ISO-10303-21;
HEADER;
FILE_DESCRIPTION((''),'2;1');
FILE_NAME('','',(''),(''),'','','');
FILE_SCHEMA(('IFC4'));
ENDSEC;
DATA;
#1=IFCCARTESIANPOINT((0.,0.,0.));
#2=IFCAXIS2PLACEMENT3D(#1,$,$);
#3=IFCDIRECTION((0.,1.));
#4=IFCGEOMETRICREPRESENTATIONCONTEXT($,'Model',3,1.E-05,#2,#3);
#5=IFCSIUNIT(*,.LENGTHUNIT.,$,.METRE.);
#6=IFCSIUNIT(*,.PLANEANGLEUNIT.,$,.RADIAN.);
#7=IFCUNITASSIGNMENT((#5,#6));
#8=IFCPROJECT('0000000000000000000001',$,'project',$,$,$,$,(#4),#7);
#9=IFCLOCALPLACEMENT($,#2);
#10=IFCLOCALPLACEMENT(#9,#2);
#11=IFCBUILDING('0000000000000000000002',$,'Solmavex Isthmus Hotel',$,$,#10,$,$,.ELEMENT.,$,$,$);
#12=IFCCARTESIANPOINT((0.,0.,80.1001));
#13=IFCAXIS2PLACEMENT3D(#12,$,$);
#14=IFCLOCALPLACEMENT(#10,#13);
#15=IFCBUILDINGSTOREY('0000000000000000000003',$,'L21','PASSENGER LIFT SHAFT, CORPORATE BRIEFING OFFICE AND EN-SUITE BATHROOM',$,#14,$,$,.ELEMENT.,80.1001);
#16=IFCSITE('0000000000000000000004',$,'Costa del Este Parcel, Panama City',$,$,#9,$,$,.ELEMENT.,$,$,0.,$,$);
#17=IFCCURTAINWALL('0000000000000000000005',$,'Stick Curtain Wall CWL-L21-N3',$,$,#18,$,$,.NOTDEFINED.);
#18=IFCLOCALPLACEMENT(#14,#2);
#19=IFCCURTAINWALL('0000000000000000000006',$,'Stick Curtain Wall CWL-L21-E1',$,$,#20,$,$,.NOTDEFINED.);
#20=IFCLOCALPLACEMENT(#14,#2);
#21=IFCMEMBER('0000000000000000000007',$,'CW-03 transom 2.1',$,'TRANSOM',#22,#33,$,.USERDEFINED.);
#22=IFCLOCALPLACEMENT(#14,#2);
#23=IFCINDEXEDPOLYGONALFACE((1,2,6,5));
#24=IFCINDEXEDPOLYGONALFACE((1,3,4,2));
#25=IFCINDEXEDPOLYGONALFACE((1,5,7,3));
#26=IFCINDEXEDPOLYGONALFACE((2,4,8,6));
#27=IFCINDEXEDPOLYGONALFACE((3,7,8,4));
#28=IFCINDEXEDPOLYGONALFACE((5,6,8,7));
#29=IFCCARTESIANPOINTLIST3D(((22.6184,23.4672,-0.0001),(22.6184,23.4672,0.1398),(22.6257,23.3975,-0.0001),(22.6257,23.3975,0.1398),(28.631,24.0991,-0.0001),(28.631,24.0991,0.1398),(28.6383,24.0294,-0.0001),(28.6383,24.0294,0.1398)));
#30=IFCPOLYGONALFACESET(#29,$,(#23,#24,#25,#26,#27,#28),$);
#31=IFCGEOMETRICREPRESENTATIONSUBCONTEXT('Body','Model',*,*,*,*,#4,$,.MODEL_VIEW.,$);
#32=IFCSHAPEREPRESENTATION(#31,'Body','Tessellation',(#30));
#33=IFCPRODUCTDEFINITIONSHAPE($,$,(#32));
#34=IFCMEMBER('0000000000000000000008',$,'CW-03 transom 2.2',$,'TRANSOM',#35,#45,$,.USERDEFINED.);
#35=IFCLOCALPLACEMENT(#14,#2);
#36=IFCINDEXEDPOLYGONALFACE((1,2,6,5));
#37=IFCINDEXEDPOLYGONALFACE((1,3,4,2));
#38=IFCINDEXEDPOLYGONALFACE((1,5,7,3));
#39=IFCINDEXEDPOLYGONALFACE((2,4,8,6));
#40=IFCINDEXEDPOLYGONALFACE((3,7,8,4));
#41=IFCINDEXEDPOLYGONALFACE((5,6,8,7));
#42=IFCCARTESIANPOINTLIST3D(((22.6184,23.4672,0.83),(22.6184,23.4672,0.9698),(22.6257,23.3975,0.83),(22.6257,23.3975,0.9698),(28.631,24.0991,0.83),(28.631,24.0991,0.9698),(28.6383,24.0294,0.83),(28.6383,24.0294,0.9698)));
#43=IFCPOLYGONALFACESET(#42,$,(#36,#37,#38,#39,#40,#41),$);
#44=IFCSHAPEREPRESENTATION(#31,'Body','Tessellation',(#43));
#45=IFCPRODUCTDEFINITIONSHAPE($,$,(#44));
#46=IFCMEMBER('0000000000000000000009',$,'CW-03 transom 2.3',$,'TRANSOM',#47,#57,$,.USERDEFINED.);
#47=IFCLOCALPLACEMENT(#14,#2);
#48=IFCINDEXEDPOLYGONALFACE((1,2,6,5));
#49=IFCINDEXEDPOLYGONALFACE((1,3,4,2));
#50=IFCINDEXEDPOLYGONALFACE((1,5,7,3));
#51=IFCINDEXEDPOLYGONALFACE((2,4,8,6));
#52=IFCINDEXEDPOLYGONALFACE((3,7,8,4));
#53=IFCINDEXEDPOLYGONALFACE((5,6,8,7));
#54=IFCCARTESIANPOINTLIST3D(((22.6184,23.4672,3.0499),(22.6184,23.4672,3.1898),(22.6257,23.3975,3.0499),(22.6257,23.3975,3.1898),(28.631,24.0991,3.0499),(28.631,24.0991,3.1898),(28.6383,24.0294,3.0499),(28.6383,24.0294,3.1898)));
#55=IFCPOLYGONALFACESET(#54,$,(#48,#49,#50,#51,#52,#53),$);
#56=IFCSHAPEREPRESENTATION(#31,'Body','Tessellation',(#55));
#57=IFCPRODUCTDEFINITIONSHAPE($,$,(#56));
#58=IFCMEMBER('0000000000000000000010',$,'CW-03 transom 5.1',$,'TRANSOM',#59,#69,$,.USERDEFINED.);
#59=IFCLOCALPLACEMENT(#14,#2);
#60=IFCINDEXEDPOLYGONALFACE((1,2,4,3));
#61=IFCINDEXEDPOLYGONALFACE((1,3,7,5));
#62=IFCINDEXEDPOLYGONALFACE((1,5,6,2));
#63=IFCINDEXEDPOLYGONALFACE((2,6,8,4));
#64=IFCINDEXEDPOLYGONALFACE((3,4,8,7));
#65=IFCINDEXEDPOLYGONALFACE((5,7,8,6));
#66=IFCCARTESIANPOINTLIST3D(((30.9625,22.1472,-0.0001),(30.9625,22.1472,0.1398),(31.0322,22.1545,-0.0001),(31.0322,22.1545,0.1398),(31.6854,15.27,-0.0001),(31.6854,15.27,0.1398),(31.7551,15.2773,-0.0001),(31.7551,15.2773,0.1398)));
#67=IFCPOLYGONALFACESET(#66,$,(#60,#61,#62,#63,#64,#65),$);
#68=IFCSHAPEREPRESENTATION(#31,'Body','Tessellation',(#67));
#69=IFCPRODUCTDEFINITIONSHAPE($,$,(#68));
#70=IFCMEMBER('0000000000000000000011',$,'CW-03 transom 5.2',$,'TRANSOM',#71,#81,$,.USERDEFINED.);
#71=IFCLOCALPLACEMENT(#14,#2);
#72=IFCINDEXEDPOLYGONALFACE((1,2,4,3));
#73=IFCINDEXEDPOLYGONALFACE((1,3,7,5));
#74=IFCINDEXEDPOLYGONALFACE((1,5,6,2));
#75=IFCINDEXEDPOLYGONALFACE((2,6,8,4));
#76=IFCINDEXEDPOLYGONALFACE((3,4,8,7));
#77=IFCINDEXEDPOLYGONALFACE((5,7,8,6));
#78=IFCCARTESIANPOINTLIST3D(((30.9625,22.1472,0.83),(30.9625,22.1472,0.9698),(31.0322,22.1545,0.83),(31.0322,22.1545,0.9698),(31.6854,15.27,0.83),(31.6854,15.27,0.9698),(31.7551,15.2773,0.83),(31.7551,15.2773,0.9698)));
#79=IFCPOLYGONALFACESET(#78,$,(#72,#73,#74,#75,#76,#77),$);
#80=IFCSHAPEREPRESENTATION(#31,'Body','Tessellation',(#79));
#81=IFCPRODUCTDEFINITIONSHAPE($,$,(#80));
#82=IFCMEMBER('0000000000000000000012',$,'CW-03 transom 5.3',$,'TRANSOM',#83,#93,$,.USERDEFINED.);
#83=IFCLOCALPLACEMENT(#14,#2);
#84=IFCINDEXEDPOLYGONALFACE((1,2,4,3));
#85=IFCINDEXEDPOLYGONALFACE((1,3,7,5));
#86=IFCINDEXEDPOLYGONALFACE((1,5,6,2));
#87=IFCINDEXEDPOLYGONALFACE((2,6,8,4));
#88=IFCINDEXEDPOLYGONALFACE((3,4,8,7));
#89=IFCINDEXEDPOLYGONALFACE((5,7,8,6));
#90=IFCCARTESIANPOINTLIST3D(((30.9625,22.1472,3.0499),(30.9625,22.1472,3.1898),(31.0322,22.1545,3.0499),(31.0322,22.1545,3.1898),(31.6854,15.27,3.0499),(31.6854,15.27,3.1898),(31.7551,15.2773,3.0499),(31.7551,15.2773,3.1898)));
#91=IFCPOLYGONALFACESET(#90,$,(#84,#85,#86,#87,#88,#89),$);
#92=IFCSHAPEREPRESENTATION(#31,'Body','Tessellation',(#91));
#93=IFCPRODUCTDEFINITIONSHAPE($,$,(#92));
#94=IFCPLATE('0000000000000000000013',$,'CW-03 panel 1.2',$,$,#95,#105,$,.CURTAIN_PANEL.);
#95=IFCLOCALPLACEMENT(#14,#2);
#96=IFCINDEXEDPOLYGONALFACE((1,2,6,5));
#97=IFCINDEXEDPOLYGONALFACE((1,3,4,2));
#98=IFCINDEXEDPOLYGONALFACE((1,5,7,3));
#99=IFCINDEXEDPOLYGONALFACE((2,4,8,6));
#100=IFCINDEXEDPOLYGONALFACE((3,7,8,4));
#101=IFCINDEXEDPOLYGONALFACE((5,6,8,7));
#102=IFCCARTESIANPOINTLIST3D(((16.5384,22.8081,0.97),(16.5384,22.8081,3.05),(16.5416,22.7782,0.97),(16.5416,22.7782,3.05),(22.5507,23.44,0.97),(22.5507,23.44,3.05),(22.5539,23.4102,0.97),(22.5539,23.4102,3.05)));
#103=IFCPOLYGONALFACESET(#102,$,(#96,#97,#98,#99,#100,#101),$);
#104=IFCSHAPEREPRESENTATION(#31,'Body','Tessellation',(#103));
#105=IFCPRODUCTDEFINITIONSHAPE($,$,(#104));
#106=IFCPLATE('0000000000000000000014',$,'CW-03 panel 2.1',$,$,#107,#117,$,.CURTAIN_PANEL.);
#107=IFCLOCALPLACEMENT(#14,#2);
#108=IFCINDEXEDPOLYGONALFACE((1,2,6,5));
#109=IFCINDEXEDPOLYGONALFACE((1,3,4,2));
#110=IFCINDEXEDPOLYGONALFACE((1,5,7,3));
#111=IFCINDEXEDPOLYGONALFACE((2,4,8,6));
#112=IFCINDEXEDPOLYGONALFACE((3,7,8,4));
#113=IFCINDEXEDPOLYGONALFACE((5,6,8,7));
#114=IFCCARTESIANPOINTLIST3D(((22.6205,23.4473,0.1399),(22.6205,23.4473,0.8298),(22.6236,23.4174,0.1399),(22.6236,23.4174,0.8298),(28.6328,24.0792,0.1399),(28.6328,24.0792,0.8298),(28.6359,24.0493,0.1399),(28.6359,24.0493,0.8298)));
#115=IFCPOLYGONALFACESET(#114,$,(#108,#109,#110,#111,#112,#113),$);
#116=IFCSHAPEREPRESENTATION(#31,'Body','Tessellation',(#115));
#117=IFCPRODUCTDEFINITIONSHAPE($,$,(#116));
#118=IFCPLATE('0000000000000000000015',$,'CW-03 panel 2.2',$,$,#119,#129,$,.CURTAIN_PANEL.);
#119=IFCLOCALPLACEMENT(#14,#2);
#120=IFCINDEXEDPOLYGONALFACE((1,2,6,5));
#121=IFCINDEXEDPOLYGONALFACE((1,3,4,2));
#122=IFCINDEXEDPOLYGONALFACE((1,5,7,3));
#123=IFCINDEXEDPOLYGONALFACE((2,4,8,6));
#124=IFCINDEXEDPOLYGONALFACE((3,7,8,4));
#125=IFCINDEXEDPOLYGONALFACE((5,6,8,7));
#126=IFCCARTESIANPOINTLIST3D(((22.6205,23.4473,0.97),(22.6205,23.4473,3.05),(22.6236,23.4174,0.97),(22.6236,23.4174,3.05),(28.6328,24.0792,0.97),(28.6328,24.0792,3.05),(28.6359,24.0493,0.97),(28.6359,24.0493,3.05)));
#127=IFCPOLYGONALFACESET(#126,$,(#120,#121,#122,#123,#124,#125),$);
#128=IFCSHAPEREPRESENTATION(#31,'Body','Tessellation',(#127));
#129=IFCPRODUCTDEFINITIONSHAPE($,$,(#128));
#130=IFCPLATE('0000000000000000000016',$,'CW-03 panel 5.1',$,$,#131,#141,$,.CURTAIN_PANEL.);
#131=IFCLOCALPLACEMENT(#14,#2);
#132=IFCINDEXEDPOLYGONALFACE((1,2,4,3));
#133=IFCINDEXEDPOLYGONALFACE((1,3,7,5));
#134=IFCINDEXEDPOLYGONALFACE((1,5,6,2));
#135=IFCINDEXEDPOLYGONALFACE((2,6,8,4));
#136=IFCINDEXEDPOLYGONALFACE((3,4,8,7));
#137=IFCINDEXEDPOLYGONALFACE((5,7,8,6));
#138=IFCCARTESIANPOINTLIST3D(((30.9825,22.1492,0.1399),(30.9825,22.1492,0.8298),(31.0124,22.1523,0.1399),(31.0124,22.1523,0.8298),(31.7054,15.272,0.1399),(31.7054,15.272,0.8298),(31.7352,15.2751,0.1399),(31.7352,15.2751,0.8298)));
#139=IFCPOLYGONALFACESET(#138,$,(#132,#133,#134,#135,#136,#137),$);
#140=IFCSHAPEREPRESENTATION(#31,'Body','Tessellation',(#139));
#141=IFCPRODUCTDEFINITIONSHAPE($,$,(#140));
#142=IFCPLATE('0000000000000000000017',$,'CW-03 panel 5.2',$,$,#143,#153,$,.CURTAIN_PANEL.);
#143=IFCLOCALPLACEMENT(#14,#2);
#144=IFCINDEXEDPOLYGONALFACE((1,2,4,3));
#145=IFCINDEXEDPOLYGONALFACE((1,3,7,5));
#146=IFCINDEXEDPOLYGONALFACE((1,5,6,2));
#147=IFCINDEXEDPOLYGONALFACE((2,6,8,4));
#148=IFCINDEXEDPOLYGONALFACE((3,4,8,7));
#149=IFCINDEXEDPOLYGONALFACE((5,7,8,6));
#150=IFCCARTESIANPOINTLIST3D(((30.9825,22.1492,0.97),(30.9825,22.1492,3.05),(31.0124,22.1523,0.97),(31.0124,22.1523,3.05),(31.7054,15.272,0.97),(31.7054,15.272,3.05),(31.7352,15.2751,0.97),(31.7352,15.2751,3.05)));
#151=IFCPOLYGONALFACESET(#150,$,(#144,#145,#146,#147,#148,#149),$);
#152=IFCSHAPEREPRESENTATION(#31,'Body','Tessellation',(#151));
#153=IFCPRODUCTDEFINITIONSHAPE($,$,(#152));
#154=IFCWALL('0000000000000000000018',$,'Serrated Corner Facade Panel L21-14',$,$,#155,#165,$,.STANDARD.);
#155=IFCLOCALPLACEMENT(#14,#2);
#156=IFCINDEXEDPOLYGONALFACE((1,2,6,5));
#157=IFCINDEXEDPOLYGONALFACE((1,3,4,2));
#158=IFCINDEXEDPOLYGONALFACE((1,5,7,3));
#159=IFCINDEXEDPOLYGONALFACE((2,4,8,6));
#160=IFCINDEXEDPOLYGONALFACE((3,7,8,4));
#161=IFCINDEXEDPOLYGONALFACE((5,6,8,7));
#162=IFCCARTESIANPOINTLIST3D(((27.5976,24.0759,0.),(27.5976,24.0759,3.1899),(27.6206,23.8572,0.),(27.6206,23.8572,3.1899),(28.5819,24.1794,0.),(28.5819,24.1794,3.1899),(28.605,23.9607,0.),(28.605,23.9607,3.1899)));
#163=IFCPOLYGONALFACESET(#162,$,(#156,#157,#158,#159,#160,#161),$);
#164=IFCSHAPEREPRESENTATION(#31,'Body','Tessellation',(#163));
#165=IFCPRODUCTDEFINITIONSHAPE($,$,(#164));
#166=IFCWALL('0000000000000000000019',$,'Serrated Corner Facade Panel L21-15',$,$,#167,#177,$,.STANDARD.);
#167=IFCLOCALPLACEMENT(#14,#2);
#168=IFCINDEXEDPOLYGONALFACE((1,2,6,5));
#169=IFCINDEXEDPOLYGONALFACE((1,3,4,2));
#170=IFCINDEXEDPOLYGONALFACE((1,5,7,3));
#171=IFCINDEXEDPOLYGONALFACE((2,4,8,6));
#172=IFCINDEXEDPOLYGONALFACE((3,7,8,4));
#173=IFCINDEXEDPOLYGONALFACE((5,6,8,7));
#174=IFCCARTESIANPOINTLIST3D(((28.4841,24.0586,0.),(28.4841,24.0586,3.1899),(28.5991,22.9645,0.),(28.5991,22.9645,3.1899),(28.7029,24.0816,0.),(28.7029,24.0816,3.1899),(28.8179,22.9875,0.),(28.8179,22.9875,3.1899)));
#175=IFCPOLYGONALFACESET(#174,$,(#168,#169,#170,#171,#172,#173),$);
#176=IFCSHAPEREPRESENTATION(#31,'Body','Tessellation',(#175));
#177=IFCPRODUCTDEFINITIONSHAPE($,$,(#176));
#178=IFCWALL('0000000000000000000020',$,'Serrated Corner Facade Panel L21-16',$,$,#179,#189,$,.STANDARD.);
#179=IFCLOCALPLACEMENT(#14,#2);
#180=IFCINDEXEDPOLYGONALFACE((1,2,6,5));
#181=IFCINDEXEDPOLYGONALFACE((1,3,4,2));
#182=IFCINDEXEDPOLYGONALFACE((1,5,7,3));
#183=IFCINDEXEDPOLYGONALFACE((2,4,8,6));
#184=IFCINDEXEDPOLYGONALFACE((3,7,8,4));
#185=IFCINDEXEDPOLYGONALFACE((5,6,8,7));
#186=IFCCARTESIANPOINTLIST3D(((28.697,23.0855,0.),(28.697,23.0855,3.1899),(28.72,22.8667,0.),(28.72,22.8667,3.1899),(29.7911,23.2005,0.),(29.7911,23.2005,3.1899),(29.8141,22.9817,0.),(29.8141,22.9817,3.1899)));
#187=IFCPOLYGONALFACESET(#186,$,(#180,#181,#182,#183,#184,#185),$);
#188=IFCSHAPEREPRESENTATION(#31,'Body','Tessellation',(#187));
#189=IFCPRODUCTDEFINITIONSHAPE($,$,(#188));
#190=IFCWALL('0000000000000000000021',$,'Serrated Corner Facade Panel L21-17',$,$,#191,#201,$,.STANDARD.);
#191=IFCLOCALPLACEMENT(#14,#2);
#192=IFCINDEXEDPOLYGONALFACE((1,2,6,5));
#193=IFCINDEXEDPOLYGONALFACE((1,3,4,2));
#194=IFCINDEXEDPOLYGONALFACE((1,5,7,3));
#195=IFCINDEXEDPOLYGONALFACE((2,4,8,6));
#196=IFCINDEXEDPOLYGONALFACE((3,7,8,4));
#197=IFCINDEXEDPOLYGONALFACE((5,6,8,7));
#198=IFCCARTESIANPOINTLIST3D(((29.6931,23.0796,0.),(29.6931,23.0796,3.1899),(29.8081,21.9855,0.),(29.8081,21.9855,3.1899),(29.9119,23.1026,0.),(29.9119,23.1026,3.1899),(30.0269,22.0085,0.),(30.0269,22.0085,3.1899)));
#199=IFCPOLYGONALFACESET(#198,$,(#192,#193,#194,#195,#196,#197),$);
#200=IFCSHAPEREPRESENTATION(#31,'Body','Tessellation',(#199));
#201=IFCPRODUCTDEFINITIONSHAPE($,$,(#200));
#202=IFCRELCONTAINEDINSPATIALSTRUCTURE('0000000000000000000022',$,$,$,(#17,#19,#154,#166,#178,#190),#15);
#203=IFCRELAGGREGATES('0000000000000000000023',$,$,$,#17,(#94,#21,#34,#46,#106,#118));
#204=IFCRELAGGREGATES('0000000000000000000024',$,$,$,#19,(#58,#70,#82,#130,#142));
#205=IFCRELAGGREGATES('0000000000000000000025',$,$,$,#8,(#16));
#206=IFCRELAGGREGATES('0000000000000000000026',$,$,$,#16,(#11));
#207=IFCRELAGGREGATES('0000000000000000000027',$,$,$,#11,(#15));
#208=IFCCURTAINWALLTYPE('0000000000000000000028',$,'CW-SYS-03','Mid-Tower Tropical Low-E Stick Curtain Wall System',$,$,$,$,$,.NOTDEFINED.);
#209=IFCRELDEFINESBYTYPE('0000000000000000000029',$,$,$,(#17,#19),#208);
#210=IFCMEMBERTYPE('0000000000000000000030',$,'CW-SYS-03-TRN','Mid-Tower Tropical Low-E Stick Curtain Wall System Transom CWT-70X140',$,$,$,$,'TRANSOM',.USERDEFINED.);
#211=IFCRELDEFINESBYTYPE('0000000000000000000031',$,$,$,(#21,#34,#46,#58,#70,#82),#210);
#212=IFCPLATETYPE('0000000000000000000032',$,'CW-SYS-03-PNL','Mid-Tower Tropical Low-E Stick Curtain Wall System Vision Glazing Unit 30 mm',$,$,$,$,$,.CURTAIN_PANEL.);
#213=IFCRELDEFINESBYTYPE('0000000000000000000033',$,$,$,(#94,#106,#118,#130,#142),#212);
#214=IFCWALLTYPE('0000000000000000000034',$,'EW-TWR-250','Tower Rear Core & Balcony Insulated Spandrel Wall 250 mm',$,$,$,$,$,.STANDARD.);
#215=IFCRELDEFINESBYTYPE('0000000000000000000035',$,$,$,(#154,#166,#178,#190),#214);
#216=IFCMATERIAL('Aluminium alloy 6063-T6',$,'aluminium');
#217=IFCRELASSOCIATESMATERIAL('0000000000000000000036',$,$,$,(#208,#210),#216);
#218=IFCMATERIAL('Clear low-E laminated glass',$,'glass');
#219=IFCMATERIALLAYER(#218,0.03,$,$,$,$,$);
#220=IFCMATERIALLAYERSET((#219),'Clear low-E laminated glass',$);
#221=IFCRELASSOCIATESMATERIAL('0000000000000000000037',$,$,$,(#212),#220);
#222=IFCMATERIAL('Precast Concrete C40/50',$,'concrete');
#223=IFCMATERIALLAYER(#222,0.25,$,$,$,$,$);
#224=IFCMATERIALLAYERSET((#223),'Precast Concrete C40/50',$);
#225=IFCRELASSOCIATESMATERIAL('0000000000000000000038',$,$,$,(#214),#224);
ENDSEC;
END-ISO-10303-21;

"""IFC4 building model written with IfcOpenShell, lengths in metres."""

from ifc_helpers import new_model, si_unit, direction, frame, frame_2d, origin, origin_2d, place, context, subcontext, project, spatial, rectangle, extrude, material, layer, layer_set, material_profile, profile_set, type_object, element, aggregate, save


model = new_model("IFC4")

# Units and contexts
model_context = context("Model", 3, precision=1e-05, world=origin(), true_north=direction((0.0, 1.0)))
body_context = subcontext(model_context, "Body", "Model", "MODEL_VIEW")
ifc_project = project(units=[si_unit("LENGTHUNIT", "METRE"), si_unit("PLANEANGLEUNIT", "RADIAN")], contexts=[model_context])

# Site, building, storey
site_placement = place(None, origin())
site = spatial("IfcSite", under=ifc_project, at=site_placement, Name="Costa del Este Parcel, Panama City", CompositionType="ELEMENT", RefElevation=0.0)
building_placement = place(site_placement, origin())
building = spatial("IfcBuilding", under=site, at=building_placement, Name="Solmavex Isthmus Hotel", CompositionType="ELEMENT")
storey_placement = place(building_placement, frame((0.0, 0.0, 80.1001)))
storey = spatial("IfcBuildingStorey", under=building, at=storey_placement, Name="L21", Description="PASSENGER LIFT SHAFT, CORPORATE BRIEFING OFFICE AND EN-SUITE BATHROOM", CompositionType="ELEMENT", Elevation=80.1001)

# Curtain walls
ifc_material_1 = material(Name="Aluminium alloy 6063-T6", Category="aluminium")
curtain_wall_type = type_object("IfcCurtainWallType", Name="CW-SYS-03", Description="Mid-Tower Tropical Low-E Stick Curtain Wall System", PredefinedType="NOTDEFINED", material=ifc_material_1)
curtain_wall_1_placement = place(storey_placement, origin())
curtain_wall_1 = element("IfcCurtainWall", 1, at=curtain_wall_1_placement, inside=storey, type_object=curtain_wall_type, Name="Stick Curtain Wall CWL-L21-N3", PredefinedType="NOTDEFINED")
curtain_wall_2_placement = place(storey_placement, origin())
curtain_wall_2 = element("IfcCurtainWall", 2, at=curtain_wall_2_placement, inside=storey, type_object=curtain_wall_type, Name="Stick Curtain Wall CWL-L21-E1", PredefinedType="NOTDEFINED")

# Members
ifc_material_profile_1 = material_profile(ifc_material_1, rectangle(XDim=0.0701, YDim=0.1399, at=origin_2d()), Name="CWT-70X140")
ifc_profile_set_1 = profile_set([ifc_material_profile_1], Name="Aluminium alloy 6063-T6")
member_type_1 = type_object("IfcMemberType", Name="CW-SYS-03-TRN", Description="Mid-Tower Tropical Low-E Stick Curtain Wall System Transom CWT-70X140", ElementType="TRANSOM", PredefinedType="USERDEFINED", material=ifc_profile_set_1)
member_1_placement = place(storey_placement, frame((22.6221, 23.4324, 0.0698), z_axis=(0.994524, 0.104512, 0.0), x_axis=(-0.104512, 0.994524, 0.0)))
member_1 = element("IfcMember", 3, at=member_1_placement, type_object=member_type_1, Name="CW-03 transom 2.1", ObjectType="TRANSOM", PredefinedType="USERDEFINED", context=body_context, shape_type="SweptSolid", body=[
    extrude(rectangle(XDim=0.0701, YDim=0.1399, at=origin_2d()), origin(), (0.0, 0.0, 1.0), 6.0457),
])
member_2_placement = place(storey_placement, frame((22.6221, 23.4324, 0.8999), z_axis=(0.994524, 0.104512, 0.0), x_axis=(-0.104512, 0.994524, 0.0)))
member_2 = element("IfcMember", 4, at=member_2_placement, type_object=member_type_1, Name="CW-03 transom 2.2", ObjectType="TRANSOM", PredefinedType="USERDEFINED", context=body_context, shape_type="SweptSolid", body=[
    extrude(rectangle(XDim=0.0701, YDim=0.1399, at=origin_2d()), origin(), (0.0, 0.0, 1.0), 6.0457),
])
member_3_placement = place(storey_placement, frame((22.6221, 23.4324, 3.1199), z_axis=(0.994524, 0.104512, 0.0), x_axis=(-0.104512, 0.994524, 0.0)))
member_3 = element("IfcMember", 5, at=member_3_placement, type_object=member_type_1, Name="CW-03 transom 2.3", ObjectType="TRANSOM", PredefinedType="USERDEFINED", context=body_context, shape_type="SweptSolid", body=[
    extrude(rectangle(XDim=0.0701, YDim=0.1399, at=origin_2d()), origin(), (0.0, 0.0, 1.0), 6.0457),
])
member_4_placement = place(storey_placement, frame((31.7202, 15.2737, 0.0698), z_axis=(-0.10454, 0.994521, 0.0), x_axis=(-0.994521, -0.10454, 0.0)))
member_4 = element("IfcMember", 6, at=member_4_placement, type_object=member_type_1, Name="CW-03 transom 5.1", ObjectType="TRANSOM", PredefinedType="USERDEFINED", context=body_context, shape_type="SweptSolid", body=[
    extrude(rectangle(XDim=0.0701, YDim=0.1399, at=origin_2d()), origin(), (0.0, 0.0, 1.0), 6.915),
])
member_5_placement = place(storey_placement, frame((31.7202, 15.2737, 0.8999), z_axis=(-0.10454, 0.994521, 0.0), x_axis=(-0.994521, -0.10454, 0.0)))
member_5 = element("IfcMember", 7, at=member_5_placement, type_object=member_type_1, Name="CW-03 transom 5.2", ObjectType="TRANSOM", PredefinedType="USERDEFINED", context=body_context, shape_type="SweptSolid", body=[
    extrude(rectangle(XDim=0.0701, YDim=0.1399, at=origin_2d()), origin(), (0.0, 0.0, 1.0), 6.915),
])
member_6_placement = place(storey_placement, frame((31.7202, 15.2737, 3.1199), z_axis=(-0.10454, 0.994521, 0.0), x_axis=(-0.994521, -0.10454, 0.0)))
member_6 = element("IfcMember", 8, at=member_6_placement, type_object=member_type_1, Name="CW-03 transom 5.3", ObjectType="TRANSOM", PredefinedType="USERDEFINED", context=body_context, shape_type="SweptSolid", body=[
    extrude(rectangle(XDim=0.0701, YDim=0.1399, at=origin_2d()), origin(), (0.0, 0.0, 1.0), 6.915),
])

# Plates
ifc_material_2 = material(Name="Clear low-E laminated glass", Category="glass")
ifc_layer_1 = layer(ifc_material_2, 0.03)
ifc_layer_set_1 = layer_set([ifc_layer_1], Name="Clear low-E laminated glass")
plate_type = type_object("IfcPlateType", Name="CW-SYS-03-PNL", Description="Mid-Tower Tropical Low-E Stick Curtain Wall System Vision Glazing Unit 30 mm", PredefinedType="CURTAIN_PANEL", material=ifc_layer_set_1)
plate_1_placement = place(storey_placement, frame((19.5461, 23.1091, 0.97), z_axis=(0.0, 0.0, 1.0), x_axis=(0.994522, 0.104528, 0.0)))
plate_1 = element("IfcPlate", 9, at=plate_1_placement, type_object=plate_type, Name="CW-03 panel 1.2", PredefinedType="CURTAIN_PANEL", context=body_context, shape_type="SweptSolid", body=[
    extrude(rectangle(XDim=6.0454, YDim=0.03, at=origin_2d()), origin(), (0.0, 0.0, 1.0), 2.0801),
])
plate_2_placement = place(storey_placement, frame((25.6282, 23.7483, 0.1399), z_axis=(0.0, 0.0, 1.0), x_axis=(0.994522, 0.104528, 0.0)))
plate_2 = element("IfcPlate", 10, at=plate_2_placement, type_object=plate_type, Name="CW-03 panel 2.1", PredefinedType="CURTAIN_PANEL", context=body_context, shape_type="SweptSolid", body=[
    extrude(rectangle(XDim=6.0454, YDim=0.03, at=origin_2d()), origin(), (0.0, 0.0, 1.0), 0.6899),
])
plate_3_placement = place(storey_placement, frame((25.6282, 23.7483, 0.97), z_axis=(0.0, 0.0, 1.0), x_axis=(0.994522, 0.104528, 0.0)))
plate_3 = element("IfcPlate", 11, at=plate_3_placement, type_object=plate_type, Name="CW-03 panel 2.2", PredefinedType="CURTAIN_PANEL", context=body_context, shape_type="SweptSolid", body=[
    extrude(rectangle(XDim=6.0454, YDim=0.03, at=origin_2d()), origin(), (0.0, 0.0, 1.0), 2.0801),
])
aggregate(curtain_wall_1, [plate_1, member_1, member_2, member_3, plate_2, plate_3])
plate_4_placement = place(storey_placement, frame((31.3589, 18.7122, 0.1399), z_axis=(0.0, 0.0, 1.0), x_axis=(-0.104528, 0.994522, 0.0)))
plate_4 = element("IfcPlate", 12, at=plate_4_placement, type_object=plate_type, Name="CW-03 panel 5.1", PredefinedType="CURTAIN_PANEL", context=body_context, shape_type="SweptSolid", body=[
    extrude(rectangle(XDim=6.915, YDim=0.03, at=origin_2d()), origin(), (0.0, 0.0, 1.0), 0.6899),
])
plate_5_placement = place(storey_placement, frame((31.3589, 18.7122, 0.97), z_axis=(0.0, 0.0, 1.0), x_axis=(-0.104528, 0.994522, 0.0)))
plate_5 = element("IfcPlate", 13, at=plate_5_placement, type_object=plate_type, Name="CW-03 panel 5.2", PredefinedType="CURTAIN_PANEL", context=body_context, shape_type="SweptSolid", body=[
    extrude(rectangle(XDim=6.915, YDim=0.03, at=origin_2d()), origin(), (0.0, 0.0, 1.0), 2.0801),
])
aggregate(curtain_wall_2, [member_4, member_5, member_6, plate_4, plate_5])

# Walls
ifc_material_3 = material(Name="Precast Concrete C40/50", Category="concrete")
ifc_layer_2 = layer(ifc_material_3, 0.25)
ifc_layer_set_2 = layer_set([ifc_layer_2], Name="Precast Concrete C40/50")
wall_type_1 = type_object("IfcWallType", Name="EW-TWR-250", Description="Tower Rear Core & Balcony Insulated Spandrel Wall 250 mm", PredefinedType="STANDARD", material=ifc_layer_set_2)
wall_1_placement = place(storey_placement, frame((27.6091, 23.9666, 0.0), z_axis=(0.0, 0.0, 1.0), x_axis=(0.994516, 0.104582, 0.0)))
element("IfcWall", 14, at=wall_1_placement, inside=storey, type_object=wall_type_1, Name="Serrated Corner Facade Panel L21-14", PredefinedType="STANDARD", context=body_context, shape_type="SweptSolid", body=[
    extrude(rectangle(XDim=0.9897, YDim=0.22, at=frame_2d((0.4949, 0.0))), origin(), (0.0, 0.0, 1.0), 3.1899),
])
for number, where, z_axis, x_axis, name in (
    (15, (28.5935, 24.0701, 0.0), (0.0, 0.0, 1.0), (0.104535, -0.994521, 0.0), "Serrated Corner Facade Panel L21-15"),
    (16, (28.7085, 22.9761, 0.0), (0.0, 0.0, 1.0), (0.994521, 0.104535, 0.0), "Serrated Corner Facade Panel L21-16"),
    (17, (29.8025, 23.0911, 0.0), (0.0, 0.0, 1.0), (0.104535, -0.994521, 0.0), "Serrated Corner Facade Panel L21-17"),
):
    element("IfcWall", number, at=place(storey_placement, frame(where, z_axis=z_axis, x_axis=x_axis)), inside=storey, type_object=wall_type_1, Name=name, PredefinedType="STANDARD", context=body_context, shape_type="SweptSolid", body=[
        extrude(rectangle(XDim=1.1001, YDim=0.22, at=frame_2d((0.55, 0.0))), origin(), (0.0, 0.0, 1.0), 3.1899),
    ])

save(model, "model.ifc")
